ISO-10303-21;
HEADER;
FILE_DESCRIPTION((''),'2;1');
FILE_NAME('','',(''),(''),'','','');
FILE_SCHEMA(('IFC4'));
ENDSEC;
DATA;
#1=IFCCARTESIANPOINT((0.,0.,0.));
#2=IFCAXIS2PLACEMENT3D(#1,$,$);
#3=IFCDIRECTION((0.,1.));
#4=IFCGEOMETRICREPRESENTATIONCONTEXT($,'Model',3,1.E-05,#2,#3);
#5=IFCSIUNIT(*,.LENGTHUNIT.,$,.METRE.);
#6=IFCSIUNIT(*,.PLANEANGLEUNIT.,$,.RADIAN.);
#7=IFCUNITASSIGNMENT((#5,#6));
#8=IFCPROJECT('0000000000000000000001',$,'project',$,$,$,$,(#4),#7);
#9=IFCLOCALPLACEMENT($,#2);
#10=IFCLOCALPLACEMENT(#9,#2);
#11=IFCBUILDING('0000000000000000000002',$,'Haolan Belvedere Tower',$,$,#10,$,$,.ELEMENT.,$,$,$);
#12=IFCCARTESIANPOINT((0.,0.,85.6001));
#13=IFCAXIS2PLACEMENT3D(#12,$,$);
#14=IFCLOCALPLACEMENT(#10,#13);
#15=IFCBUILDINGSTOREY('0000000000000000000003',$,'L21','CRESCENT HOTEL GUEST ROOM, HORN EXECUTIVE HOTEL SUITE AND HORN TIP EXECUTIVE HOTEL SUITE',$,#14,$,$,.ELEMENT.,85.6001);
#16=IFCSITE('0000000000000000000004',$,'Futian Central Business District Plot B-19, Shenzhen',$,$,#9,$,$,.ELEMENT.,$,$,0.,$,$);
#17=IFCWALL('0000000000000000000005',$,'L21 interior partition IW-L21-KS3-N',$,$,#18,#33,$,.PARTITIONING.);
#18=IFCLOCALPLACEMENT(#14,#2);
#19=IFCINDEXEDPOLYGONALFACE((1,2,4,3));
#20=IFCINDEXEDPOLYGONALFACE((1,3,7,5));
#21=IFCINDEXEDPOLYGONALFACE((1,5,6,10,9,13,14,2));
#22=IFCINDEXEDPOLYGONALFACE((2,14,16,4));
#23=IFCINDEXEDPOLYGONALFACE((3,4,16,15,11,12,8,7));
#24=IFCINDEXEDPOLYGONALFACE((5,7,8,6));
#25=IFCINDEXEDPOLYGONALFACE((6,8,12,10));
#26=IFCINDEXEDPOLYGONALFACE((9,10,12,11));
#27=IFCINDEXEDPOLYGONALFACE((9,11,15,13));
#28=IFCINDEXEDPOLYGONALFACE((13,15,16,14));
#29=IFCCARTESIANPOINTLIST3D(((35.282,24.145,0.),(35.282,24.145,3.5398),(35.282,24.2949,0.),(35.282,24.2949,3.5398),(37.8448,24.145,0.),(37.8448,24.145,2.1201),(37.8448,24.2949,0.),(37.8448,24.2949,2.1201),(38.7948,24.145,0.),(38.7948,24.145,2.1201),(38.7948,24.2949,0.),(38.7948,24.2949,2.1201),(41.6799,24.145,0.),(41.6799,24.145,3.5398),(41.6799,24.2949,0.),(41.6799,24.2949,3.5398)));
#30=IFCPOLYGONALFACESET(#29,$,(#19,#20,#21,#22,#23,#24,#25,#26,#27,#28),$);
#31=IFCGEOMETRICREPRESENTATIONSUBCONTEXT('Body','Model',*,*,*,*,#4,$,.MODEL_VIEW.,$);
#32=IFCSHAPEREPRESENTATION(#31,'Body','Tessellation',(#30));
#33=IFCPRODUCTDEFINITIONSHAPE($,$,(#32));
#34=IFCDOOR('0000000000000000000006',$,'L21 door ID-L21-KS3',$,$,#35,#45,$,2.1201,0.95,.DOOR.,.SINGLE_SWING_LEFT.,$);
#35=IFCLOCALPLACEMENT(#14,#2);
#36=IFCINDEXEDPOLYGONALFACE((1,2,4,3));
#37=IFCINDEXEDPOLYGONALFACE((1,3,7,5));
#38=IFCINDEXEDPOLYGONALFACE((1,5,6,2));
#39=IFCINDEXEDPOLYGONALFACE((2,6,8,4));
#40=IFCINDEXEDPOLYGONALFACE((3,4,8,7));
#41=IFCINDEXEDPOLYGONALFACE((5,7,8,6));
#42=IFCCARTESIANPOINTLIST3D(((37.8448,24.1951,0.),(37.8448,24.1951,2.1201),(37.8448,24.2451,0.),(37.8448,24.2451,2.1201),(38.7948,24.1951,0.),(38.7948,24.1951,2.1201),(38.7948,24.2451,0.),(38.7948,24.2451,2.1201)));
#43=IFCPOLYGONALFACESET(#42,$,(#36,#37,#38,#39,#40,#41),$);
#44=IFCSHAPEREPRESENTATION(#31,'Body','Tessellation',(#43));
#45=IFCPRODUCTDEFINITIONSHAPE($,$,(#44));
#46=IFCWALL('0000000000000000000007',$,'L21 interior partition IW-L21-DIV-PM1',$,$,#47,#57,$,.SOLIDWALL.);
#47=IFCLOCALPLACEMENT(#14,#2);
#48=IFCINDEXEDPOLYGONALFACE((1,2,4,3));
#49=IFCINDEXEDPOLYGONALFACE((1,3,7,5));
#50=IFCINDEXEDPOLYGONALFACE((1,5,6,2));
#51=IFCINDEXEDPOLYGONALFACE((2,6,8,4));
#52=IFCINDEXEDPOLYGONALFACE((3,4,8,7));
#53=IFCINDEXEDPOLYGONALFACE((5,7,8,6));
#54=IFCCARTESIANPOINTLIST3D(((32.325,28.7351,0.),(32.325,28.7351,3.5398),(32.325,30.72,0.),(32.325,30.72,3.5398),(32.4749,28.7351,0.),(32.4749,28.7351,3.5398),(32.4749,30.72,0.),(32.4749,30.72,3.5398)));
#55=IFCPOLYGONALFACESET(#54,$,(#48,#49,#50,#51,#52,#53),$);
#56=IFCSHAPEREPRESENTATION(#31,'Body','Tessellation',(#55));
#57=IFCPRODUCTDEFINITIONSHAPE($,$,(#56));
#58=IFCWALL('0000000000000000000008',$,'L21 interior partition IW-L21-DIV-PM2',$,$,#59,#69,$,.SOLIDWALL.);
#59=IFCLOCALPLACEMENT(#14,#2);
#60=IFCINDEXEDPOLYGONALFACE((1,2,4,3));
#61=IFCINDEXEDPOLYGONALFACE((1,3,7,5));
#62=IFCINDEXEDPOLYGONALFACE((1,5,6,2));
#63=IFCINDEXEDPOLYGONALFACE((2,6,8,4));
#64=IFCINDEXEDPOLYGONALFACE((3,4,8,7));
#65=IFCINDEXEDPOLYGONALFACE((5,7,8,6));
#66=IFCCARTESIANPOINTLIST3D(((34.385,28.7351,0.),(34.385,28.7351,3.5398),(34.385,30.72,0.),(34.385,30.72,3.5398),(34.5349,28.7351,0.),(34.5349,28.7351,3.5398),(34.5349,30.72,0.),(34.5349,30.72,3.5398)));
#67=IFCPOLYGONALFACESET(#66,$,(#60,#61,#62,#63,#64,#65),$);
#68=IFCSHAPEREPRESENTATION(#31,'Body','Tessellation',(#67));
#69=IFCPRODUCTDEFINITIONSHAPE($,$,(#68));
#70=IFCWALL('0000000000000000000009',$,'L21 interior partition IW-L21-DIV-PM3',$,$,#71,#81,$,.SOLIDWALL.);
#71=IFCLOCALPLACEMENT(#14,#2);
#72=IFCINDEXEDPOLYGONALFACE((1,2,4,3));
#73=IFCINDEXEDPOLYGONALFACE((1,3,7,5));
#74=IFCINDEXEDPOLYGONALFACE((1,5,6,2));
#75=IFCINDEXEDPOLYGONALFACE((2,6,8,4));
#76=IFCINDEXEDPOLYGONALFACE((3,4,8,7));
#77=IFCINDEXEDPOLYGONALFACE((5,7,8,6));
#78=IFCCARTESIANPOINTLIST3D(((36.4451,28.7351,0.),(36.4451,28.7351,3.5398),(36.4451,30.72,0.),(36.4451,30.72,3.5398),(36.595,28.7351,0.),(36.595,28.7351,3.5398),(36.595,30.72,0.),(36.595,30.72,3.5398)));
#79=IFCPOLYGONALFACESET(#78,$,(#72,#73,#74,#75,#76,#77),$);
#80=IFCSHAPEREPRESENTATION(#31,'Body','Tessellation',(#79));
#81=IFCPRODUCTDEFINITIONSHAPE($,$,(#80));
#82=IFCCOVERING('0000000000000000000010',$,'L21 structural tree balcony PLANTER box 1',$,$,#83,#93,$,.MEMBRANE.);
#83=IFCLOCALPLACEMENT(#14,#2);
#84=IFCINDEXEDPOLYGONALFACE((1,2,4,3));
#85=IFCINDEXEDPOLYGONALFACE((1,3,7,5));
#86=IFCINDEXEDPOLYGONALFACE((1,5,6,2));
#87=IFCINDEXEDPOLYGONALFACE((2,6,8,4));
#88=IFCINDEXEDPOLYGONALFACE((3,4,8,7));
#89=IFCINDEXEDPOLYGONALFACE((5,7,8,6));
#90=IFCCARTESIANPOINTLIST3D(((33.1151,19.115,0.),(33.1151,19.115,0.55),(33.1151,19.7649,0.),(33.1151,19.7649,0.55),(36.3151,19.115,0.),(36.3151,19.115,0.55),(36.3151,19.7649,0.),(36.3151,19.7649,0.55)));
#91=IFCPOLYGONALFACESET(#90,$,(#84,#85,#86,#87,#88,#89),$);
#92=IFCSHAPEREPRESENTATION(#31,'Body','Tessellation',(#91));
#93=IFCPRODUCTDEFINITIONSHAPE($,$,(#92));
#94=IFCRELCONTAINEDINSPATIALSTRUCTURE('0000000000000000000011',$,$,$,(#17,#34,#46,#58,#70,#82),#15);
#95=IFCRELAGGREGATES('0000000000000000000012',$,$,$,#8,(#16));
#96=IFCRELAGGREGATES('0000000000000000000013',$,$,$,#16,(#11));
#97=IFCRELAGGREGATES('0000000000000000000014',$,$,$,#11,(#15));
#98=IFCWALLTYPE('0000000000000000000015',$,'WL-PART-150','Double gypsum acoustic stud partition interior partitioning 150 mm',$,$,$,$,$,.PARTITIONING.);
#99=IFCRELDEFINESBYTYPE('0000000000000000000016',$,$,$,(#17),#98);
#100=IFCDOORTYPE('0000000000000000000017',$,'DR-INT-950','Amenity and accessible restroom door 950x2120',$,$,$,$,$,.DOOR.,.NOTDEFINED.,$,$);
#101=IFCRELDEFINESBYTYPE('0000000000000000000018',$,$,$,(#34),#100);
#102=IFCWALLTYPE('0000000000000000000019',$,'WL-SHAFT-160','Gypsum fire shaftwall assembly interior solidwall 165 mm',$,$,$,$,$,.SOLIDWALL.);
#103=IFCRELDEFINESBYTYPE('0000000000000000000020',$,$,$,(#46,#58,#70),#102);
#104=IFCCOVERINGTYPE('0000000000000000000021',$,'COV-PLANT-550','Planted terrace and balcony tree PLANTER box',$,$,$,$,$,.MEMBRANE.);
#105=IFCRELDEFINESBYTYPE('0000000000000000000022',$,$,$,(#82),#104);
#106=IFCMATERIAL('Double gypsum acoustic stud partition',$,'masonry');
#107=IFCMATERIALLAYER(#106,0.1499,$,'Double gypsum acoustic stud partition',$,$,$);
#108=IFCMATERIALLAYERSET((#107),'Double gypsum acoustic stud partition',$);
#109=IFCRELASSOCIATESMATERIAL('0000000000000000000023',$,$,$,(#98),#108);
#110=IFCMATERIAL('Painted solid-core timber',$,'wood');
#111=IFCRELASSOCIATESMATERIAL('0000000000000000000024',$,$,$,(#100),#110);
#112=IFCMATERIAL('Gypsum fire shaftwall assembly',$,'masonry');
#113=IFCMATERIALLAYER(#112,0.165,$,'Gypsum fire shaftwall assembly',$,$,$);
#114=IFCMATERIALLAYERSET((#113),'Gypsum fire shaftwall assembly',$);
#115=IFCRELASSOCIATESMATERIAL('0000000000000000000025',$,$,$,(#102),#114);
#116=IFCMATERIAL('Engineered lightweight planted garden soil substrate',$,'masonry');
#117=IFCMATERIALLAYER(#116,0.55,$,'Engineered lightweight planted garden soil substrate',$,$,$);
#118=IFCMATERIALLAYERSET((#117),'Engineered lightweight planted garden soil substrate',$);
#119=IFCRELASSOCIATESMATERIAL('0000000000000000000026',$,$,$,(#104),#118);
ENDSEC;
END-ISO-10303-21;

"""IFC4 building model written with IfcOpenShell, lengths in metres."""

from ifc_helpers import new_model, si_unit, direction, frame, frame_2d, origin, origin_2d, place, context, subcontext, project, spatial, rectangle, extrude, material, layer, layer_set, type_object, element, fill, save


model = new_model("IFC4")

# Units and contexts
model_context = context("Model", 3, precision=1e-05, world=origin(), true_north=direction((0.0, 1.0)))
body_context = subcontext(model_context, "Body", "Model", "MODEL_VIEW")
ifc_project = project(units=[si_unit("LENGTHUNIT", "METRE"), si_unit("PLANEANGLEUNIT", "RADIAN")], contexts=[model_context])

# Site, building, storey
site_placement = place(None, origin())
site = spatial("IfcSite", under=ifc_project, at=site_placement, Name="Futian Central Business District Plot B-19, Shenzhen", CompositionType="ELEMENT", RefElevation=0.0)
building_placement = place(site_placement, origin())
building = spatial("IfcBuilding", under=site, at=building_placement, Name="Haolan Belvedere Tower", CompositionType="ELEMENT")
storey_placement = place(building_placement, frame((0.0, 0.0, 85.6001)))
storey = spatial("IfcBuildingStorey", under=building, at=storey_placement, Name="L21", Description="CRESCENT HOTEL GUEST ROOM, HORN EXECUTIVE HOTEL SUITE AND HORN TIP EXECUTIVE HOTEL SUITE", CompositionType="ELEMENT", Elevation=85.6001)

# Shared definitions
ifc_material_1 = material(Name="Double gypsum acoustic stud partition", Category="masonry")
ifc_layer_1 = layer(ifc_material_1, 0.1499, Name="Double gypsum acoustic stud partition")
ifc_layer_set_1 = layer_set([ifc_layer_1], Name="Double gypsum acoustic stud partition")
wall_type_1 = type_object("IfcWallType", Name="WL-PART-150", Description="Double gypsum acoustic stud partition interior partitioning 150 mm", PredefinedType="PARTITIONING", material=ifc_layer_set_1)

# Wall, opening, door
wall_1_placement = place(storey_placement, frame((35.282, 24.22, 0.0), z_axis=(0.0, 0.0, 1.0), x_axis=(1.0, 0.0, 0.0)))
wall_1 = element("IfcWall", 1, at=wall_1_placement, inside=storey, type_object=wall_type_1, Name="L21 interior partition IW-L21-KS3-N", PredefinedType="PARTITIONING", context=body_context, shape_type="SweptSolid", body=[
    extrude(rectangle(XDim=6.3979, YDim=0.1499, at=frame_2d((3.199, 0.0))), origin(), (0.0, 0.0, 1.0), 3.5398),
])
opening_placement = place(wall_1_placement, frame((3.5129, 0.0, 0.0), z_axis=(0.0, 0.0, 1.0), x_axis=(-1.0, 0.0, 0.0)))
opening = element("IfcOpeningElement", 2, at=opening_placement, cuts=wall_1, PredefinedType="OPENING", context=body_context, shape_type="SweptSolid", body=[
    extrude(rectangle(XDim=0.95, YDim=2.1201, at=frame_2d((0.4751, 1.0601))), frame((0.0, 0.085, 0.0), z_axis=(0.0, -1.0, 0.0), x_axis=(1.0, 0.0, 0.0)), (0.0, 0.0, 1.0), 0.1699),
])
ifc_material_2 = material(Name="Painted solid-core timber", Category="wood")
door_type = type_object("IfcDoorType", Name="DR-INT-950", Description="Amenity and accessible restroom door 950x2120", OperationType="NOTDEFINED", PredefinedType="DOOR", material=ifc_material_2)
door_placement = place(opening_placement, origin())
door = element("IfcDoor", 3, at=door_placement, inside=storey, type_object=door_type, Name="L21 door ID-L21-KS3", OperationType="SINGLE_SWING_LEFT", OverallHeight=2.1201, OverallWidth=0.95, PredefinedType="DOOR", context=body_context, shape_type="SweptSolid", body=[
    extrude(rectangle(XDim=0.95, YDim=2.1201, at=frame_2d((0.4751, 1.0601))), frame((0.0, 0.0249, 0.0), z_axis=(0.0, -1.0, 0.0), x_axis=(1.0, 0.0, 0.0)), (0.0, 0.0, 1.0), 0.05),
])
fill(opening, door)

# Walls
ifc_material_3 = material(Name="Gypsum fire shaftwall assembly", Category="masonry")
ifc_layer_2 = layer(ifc_material_3, 0.165, Name="Gypsum fire shaftwall assembly")
ifc_layer_set_2 = layer_set([ifc_layer_2], Name="Gypsum fire shaftwall assembly")
wall_type_2 = type_object("IfcWallType", Name="WL-SHAFT-160", Description="Gypsum fire shaftwall assembly interior solidwall 165 mm", PredefinedType="SOLIDWALL", material=ifc_layer_set_2)
for number, where, z_axis, x_axis, name in (
    (4, (32.3999, 28.7351, 0.0), (0.0, 0.0, 1.0), (0.0, 1.0, 0.0), "L21 interior partition IW-L21-DIV-PM1"),
    (5, (34.46, 28.7351, 0.0), (0.0, 0.0, 1.0), (0.0, 1.0, 0.0), "L21 interior partition IW-L21-DIV-PM2"),
    (6, (36.52, 28.7351, 0.0), (0.0, 0.0, 1.0), (0.0, 1.0, 0.0), "L21 interior partition IW-L21-DIV-PM3"),
):
    element("IfcWall", number, at=place(storey_placement, frame(where, z_axis=z_axis, x_axis=x_axis)), inside=storey, type_object=wall_type_2, Name=name, PredefinedType="SOLIDWALL", context=body_context, shape_type="SweptSolid", body=[
        extrude(rectangle(XDim=1.9849, YDim=0.1499, at=frame_2d((0.9924, 0.0))), origin(), (0.0, 0.0, 1.0), 3.5398),
    ])

# Covering
ifc_material_4 = material(Name="Engineered lightweight planted garden soil substrate", Category="masonry")
ifc_layer_3 = layer(ifc_material_4, 0.55, Name="Engineered lightweight planted garden soil substrate")
ifc_layer_set_3 = layer_set([ifc_layer_3], Name="Engineered lightweight planted garden soil substrate")
covering_type = type_object("IfcCoveringType", Name="COV-PLANT-550", Description="Planted terrace and balcony tree PLANTER box", PredefinedType="MEMBRANE", material=ifc_layer_set_3)
covering_placement = place(storey_placement, frame((34.7151, 19.4399, 0.0), z_axis=(0.0, 0.0, 1.0), x_axis=(1.0, 0.0, 0.0)))
element("IfcCovering", 7, at=covering_placement, inside=storey, type_object=covering_type, Name="L21 structural tree balcony PLANTER box 1", PredefinedType="MEMBRANE", context=body_context, shape_type="SweptSolid", body=[
    extrude(rectangle(XDim=3.2, YDim=0.6499, at=origin_2d()), origin(), (0.0, 0.0, 1.0), 0.55),
])

save(model, "model.ifc")
